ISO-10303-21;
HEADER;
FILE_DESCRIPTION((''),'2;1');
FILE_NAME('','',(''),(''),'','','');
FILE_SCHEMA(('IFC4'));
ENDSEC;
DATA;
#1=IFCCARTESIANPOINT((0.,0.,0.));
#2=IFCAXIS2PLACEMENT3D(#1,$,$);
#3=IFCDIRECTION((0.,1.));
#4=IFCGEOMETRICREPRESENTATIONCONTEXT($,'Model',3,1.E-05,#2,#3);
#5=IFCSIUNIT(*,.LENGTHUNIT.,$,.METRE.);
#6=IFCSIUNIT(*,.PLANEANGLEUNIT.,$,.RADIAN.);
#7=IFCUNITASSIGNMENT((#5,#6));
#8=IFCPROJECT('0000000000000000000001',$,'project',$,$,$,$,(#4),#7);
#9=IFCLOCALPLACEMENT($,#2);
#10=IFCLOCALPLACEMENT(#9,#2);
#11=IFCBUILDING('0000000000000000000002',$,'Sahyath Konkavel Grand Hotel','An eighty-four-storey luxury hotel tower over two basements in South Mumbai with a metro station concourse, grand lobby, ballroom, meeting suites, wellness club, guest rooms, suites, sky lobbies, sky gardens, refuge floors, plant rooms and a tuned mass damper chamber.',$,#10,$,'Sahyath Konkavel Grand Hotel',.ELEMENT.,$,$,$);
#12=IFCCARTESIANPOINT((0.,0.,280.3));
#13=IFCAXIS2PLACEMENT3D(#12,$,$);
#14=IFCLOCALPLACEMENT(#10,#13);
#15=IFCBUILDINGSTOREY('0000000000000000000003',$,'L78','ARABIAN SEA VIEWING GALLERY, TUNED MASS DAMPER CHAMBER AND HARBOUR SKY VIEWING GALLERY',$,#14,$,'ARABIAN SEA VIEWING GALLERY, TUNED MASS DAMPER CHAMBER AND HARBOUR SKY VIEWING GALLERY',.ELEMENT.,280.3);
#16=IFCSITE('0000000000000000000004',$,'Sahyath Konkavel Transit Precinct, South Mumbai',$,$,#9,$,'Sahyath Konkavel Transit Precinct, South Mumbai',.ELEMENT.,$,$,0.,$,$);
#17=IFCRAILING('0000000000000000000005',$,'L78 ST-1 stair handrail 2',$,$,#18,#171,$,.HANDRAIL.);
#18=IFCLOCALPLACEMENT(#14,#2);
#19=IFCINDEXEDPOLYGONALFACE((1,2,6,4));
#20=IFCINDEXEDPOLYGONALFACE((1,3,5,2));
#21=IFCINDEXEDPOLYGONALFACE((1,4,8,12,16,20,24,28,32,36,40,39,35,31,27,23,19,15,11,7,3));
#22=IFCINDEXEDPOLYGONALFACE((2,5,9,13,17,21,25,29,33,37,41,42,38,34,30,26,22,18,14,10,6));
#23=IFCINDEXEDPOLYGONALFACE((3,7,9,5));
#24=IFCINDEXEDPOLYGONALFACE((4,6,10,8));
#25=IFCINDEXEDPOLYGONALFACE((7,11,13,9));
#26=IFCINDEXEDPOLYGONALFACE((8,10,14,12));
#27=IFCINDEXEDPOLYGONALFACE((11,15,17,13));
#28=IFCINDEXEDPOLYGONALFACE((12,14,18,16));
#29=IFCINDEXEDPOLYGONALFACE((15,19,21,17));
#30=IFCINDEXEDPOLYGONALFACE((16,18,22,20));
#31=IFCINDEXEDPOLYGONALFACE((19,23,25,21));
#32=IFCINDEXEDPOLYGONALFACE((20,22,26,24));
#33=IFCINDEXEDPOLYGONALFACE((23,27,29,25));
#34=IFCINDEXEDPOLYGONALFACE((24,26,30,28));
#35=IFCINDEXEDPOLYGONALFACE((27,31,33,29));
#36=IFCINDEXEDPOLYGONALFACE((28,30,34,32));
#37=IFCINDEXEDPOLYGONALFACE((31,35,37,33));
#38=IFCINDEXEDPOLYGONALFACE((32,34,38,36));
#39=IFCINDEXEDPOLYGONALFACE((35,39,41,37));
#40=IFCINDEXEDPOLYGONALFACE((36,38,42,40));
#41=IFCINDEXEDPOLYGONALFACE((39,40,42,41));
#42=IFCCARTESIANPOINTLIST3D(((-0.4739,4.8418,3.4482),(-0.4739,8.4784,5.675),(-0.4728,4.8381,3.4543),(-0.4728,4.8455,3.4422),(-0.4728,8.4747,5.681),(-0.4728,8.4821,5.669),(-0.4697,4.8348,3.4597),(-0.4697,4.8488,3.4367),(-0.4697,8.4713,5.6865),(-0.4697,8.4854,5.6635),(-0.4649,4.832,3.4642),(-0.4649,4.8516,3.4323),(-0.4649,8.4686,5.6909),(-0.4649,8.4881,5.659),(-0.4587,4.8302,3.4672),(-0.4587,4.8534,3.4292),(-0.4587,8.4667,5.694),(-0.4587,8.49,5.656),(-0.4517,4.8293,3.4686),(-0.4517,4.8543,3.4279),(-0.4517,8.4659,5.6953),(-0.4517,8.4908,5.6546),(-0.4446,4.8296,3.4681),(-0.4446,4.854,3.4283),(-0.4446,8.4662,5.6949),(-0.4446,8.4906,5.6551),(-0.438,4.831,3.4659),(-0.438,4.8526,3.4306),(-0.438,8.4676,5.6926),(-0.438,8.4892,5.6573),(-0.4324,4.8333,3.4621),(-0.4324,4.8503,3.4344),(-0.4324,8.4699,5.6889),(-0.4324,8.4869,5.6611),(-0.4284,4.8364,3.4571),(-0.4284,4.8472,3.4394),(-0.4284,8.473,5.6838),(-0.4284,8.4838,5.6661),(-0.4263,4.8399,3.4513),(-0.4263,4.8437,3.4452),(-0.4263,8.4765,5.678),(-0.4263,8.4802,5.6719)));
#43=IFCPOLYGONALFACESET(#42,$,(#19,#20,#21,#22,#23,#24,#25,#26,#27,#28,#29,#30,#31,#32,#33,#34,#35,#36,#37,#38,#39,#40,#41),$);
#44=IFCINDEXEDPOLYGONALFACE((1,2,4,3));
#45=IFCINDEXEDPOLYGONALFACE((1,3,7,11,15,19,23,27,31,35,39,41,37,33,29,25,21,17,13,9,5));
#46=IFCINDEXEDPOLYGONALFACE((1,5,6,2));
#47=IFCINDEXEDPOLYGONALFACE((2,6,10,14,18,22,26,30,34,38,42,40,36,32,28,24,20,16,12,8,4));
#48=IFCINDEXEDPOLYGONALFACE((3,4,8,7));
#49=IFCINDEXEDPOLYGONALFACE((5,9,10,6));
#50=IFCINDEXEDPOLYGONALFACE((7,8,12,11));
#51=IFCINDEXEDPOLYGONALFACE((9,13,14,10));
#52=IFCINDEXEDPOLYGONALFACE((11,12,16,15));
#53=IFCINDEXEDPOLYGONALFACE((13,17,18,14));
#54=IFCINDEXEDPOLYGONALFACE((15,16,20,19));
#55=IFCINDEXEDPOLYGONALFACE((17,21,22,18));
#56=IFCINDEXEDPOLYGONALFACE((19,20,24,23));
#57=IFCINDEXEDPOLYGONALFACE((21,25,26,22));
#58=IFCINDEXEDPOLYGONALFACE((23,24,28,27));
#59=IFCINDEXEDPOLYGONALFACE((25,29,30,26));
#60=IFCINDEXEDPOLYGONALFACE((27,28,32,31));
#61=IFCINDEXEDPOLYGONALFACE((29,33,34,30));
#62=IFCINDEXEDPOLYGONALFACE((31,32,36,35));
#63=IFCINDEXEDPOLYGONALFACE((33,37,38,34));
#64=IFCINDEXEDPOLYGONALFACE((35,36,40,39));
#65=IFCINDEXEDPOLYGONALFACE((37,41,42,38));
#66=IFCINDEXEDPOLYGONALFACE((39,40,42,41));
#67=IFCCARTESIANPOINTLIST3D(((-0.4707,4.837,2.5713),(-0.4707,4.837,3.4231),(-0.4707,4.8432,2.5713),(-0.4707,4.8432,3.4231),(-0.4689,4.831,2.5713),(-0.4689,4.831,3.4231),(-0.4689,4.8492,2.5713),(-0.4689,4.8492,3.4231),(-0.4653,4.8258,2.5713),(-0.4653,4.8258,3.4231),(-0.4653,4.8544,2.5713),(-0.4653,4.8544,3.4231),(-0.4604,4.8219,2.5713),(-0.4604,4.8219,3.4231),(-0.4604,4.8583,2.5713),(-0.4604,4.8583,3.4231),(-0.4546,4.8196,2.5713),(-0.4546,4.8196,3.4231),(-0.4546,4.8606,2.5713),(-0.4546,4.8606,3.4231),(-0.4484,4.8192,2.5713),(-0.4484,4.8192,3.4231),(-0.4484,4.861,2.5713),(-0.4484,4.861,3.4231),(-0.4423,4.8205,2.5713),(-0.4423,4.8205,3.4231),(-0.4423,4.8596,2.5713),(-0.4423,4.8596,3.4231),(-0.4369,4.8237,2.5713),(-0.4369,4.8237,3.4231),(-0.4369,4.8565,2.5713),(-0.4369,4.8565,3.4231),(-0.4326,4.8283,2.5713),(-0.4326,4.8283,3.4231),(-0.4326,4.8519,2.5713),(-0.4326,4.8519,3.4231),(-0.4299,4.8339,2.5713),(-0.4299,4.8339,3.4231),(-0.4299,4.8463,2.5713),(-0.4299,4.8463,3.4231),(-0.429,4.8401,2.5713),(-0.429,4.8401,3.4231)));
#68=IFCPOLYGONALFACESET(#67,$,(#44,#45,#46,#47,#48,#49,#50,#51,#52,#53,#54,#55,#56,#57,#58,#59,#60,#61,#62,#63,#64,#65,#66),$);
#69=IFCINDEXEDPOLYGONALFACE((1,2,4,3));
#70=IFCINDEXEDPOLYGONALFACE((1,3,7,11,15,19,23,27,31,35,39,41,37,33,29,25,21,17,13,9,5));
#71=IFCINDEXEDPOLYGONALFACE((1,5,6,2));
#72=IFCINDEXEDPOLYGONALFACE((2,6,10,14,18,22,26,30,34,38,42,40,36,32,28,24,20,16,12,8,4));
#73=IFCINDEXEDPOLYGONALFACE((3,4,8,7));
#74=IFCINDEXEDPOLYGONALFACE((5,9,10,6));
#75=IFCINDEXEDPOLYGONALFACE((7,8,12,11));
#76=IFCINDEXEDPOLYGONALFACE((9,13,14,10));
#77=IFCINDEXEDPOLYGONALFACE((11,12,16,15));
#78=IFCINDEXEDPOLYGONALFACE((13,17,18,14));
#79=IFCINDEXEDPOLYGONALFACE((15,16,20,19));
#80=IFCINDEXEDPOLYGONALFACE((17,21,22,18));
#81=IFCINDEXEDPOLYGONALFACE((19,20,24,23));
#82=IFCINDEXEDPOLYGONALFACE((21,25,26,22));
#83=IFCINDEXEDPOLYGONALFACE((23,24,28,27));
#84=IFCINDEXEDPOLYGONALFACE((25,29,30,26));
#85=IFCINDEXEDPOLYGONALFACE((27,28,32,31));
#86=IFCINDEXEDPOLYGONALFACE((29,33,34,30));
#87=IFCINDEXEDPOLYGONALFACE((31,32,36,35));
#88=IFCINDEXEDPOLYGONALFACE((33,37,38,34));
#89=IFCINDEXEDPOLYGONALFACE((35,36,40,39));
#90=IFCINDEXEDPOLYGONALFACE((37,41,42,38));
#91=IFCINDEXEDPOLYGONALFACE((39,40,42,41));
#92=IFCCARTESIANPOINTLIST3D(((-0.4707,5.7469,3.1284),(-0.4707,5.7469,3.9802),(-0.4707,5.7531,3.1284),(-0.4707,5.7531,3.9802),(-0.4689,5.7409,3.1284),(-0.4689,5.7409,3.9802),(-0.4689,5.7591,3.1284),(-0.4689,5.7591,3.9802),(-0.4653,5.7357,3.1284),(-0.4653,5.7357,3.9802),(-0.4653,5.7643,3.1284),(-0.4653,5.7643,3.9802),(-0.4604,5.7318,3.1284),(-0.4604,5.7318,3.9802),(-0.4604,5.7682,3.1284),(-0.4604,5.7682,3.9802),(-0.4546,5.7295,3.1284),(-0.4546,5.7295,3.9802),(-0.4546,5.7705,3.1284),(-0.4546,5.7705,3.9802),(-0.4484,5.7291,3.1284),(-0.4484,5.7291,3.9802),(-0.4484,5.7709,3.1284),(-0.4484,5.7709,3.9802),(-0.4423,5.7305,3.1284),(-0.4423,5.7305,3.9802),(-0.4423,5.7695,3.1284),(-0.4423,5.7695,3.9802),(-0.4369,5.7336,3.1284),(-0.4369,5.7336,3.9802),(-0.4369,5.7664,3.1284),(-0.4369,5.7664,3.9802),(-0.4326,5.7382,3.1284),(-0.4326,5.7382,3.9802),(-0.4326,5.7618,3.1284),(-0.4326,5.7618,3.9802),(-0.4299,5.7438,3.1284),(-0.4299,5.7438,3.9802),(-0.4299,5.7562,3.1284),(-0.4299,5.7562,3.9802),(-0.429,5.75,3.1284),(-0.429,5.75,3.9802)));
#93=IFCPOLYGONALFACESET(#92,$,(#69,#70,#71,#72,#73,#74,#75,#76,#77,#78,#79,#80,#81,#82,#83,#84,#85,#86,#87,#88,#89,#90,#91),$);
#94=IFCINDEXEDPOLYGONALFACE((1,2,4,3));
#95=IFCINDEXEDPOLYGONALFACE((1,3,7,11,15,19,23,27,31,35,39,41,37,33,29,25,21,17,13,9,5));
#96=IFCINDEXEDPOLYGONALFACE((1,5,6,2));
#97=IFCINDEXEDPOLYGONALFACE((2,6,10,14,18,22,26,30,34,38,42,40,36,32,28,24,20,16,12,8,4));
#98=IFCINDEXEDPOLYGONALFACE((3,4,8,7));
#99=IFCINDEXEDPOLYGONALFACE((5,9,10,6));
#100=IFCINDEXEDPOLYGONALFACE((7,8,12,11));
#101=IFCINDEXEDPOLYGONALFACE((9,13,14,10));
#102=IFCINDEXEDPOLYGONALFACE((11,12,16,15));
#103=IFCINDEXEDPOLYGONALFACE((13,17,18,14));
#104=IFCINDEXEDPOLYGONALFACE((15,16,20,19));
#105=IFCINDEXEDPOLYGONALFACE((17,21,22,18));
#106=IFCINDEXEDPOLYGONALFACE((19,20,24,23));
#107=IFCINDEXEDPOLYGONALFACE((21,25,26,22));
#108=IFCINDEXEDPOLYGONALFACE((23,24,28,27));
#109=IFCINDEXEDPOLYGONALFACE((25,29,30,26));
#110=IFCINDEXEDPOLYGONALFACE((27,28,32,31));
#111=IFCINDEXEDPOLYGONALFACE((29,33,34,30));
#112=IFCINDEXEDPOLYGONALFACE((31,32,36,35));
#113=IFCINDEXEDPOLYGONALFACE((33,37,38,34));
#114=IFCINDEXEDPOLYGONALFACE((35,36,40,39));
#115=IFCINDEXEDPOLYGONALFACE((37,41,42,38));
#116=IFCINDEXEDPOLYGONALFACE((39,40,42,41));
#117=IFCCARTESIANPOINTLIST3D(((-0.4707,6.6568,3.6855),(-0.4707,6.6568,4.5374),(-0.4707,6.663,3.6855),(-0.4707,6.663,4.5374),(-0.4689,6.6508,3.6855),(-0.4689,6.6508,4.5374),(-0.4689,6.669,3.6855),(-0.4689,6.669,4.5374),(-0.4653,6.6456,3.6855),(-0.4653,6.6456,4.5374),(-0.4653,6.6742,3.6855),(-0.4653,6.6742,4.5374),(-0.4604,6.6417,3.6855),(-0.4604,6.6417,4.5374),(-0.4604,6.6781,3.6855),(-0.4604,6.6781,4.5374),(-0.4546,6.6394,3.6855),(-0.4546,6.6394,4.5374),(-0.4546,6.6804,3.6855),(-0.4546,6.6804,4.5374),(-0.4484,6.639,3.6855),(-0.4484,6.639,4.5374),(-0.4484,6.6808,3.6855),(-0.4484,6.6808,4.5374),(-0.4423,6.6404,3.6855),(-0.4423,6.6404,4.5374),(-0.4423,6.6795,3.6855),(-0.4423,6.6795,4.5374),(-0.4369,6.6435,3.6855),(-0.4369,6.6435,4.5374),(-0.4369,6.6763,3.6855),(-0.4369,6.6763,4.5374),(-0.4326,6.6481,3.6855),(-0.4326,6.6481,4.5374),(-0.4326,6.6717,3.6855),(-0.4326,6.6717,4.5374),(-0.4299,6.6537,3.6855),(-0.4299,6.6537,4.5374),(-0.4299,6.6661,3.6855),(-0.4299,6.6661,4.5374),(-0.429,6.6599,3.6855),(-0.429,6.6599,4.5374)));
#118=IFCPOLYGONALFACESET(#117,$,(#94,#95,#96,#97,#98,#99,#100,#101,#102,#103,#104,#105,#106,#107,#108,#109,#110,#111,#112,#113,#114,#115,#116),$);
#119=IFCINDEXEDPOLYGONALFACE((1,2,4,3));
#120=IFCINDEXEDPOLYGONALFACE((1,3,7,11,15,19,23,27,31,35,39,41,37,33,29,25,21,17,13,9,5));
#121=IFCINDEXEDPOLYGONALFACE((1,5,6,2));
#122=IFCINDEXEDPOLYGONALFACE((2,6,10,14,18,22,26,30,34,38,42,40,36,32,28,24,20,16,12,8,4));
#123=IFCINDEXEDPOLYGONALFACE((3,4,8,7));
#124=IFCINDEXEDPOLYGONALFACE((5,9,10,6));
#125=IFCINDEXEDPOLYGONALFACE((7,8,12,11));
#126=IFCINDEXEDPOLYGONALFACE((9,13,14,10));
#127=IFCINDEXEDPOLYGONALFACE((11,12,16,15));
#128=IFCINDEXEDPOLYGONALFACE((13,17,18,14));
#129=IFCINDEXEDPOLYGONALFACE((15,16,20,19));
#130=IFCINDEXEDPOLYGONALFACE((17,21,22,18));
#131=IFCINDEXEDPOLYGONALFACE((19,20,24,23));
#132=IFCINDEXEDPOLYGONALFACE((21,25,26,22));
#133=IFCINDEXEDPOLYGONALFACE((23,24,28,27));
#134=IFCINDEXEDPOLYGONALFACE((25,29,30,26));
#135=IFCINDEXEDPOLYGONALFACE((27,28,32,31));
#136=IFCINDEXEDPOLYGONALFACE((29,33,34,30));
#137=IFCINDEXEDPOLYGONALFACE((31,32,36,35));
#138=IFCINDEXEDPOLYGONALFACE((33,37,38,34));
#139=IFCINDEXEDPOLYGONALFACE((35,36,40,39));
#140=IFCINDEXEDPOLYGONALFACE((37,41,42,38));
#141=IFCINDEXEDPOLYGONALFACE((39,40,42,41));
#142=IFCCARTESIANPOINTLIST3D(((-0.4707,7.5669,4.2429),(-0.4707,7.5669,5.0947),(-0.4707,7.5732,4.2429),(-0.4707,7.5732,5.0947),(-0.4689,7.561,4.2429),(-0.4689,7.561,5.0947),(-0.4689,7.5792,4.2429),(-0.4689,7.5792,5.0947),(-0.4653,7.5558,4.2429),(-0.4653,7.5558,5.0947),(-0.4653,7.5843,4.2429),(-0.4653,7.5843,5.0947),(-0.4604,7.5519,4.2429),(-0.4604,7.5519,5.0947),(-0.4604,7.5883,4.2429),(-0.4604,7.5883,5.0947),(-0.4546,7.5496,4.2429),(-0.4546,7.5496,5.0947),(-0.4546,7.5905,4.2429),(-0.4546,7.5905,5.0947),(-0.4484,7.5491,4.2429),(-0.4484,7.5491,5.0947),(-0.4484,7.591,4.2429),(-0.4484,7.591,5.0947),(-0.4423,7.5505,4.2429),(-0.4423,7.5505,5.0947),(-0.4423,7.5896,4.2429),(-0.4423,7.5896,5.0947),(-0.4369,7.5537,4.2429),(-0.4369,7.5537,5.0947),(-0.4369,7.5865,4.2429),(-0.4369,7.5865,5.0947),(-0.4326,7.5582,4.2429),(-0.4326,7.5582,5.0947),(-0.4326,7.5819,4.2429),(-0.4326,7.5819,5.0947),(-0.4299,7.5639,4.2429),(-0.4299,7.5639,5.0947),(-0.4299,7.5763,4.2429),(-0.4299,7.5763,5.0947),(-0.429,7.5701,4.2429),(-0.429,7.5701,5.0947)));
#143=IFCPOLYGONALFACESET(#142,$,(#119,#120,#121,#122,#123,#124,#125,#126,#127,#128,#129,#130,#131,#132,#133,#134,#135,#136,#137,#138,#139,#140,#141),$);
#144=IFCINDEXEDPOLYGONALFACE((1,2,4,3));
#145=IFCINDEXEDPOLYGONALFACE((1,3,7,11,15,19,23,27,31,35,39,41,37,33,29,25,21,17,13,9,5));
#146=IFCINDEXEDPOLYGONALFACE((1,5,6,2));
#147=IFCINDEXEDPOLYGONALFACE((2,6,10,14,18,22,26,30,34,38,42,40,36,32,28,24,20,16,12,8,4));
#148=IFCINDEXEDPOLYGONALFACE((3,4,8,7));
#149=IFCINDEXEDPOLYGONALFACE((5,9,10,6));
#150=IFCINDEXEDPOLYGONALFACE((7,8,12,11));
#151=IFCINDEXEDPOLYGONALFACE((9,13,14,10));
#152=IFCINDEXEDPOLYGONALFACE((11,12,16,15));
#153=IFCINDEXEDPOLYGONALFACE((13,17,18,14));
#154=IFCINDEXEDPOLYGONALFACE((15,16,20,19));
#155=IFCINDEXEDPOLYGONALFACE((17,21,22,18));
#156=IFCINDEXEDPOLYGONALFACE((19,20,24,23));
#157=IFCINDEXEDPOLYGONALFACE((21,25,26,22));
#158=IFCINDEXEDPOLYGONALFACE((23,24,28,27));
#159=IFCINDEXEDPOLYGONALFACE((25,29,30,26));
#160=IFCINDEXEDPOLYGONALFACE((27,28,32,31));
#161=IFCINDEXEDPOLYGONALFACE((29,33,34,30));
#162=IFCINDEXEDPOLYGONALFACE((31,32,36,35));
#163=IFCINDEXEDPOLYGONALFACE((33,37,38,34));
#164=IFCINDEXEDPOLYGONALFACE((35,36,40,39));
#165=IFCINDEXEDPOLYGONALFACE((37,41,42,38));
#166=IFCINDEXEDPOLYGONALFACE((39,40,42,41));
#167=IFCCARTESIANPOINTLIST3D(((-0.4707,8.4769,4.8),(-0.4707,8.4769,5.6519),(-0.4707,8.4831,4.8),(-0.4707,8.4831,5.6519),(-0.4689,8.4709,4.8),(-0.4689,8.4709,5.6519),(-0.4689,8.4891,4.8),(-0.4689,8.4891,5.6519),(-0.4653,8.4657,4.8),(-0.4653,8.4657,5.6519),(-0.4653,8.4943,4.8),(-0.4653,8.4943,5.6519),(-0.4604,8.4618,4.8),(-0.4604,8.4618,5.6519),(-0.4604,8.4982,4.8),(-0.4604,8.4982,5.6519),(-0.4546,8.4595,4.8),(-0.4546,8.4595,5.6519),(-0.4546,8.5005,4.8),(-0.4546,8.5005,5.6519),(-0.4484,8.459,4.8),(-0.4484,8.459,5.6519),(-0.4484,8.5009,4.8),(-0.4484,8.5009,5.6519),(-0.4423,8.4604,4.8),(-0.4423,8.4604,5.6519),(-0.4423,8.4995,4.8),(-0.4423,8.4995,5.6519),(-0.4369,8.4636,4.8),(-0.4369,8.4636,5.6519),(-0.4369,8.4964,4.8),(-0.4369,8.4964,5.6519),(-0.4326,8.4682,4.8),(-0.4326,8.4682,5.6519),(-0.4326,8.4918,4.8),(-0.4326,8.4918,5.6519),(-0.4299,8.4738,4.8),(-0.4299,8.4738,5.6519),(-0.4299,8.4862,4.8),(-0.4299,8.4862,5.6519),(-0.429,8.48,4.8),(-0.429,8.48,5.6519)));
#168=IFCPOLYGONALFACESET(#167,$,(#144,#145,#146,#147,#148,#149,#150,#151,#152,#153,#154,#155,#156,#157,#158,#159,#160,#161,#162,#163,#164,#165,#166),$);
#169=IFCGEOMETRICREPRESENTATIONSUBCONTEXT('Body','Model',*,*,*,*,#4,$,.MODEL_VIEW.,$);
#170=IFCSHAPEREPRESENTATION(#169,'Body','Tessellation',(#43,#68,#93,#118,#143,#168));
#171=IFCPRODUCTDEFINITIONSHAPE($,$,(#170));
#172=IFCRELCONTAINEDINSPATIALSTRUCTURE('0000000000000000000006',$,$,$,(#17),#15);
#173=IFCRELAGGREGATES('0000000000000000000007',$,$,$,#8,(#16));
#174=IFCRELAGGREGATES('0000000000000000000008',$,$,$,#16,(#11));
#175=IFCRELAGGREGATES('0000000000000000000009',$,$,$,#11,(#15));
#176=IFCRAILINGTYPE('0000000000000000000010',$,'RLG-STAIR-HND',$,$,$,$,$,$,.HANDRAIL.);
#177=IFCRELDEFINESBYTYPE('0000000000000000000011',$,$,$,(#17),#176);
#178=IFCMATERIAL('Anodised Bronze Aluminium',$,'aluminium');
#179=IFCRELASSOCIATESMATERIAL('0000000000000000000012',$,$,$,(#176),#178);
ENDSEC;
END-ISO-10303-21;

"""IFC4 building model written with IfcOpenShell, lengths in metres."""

from ifc_helpers import new_model, si_unit, direction, frame, origin, origin_2d, place, context, subcontext, project, spatial, circle, extrude, material, type_object, element, save


model = new_model("IFC4")

# Units and contexts
model_context = context("Model", 3, precision=1e-05, world=origin(), true_north=direction((0.0, 1.0)))
body_context = subcontext(model_context, "Body", "Model", "MODEL_VIEW")
ifc_project = project(units=[si_unit("LENGTHUNIT", "METRE"), si_unit("PLANEANGLEUNIT", "RADIAN")], contexts=[model_context])

# Site, building, storey
site_placement = place(None, origin())
site = spatial("IfcSite", under=ifc_project, at=site_placement, Name="Sahyath Konkavel Transit Precinct, South Mumbai", LongName="Sahyath Konkavel Transit Precinct, South Mumbai", CompositionType="ELEMENT", RefElevation=0.0)
building_placement = place(site_placement, origin())
building = spatial("IfcBuilding", under=site, at=building_placement, Name="Sahyath Konkavel Grand Hotel", Description="An eighty-four-storey luxury hotel tower over two basements in South Mumbai with a metro station concourse, grand lobby, ballroom, meeting suites, wellness club, guest rooms, suites, sky lobbies, sky gardens, refuge floors, plant rooms and a tuned mass damper chamber.", LongName="Sahyath Konkavel Grand Hotel", CompositionType="ELEMENT")
storey_placement = place(building_placement, frame((0.0, 0.0, 280.3)))
storey = spatial("IfcBuildingStorey", under=building, at=storey_placement, Name="L78", Description="ARABIAN SEA VIEWING GALLERY, TUNED MASS DAMPER CHAMBER AND HARBOUR SKY VIEWING GALLERY", LongName="ARABIAN SEA VIEWING GALLERY, TUNED MASS DAMPER CHAMBER AND HARBOUR SKY VIEWING GALLERY", CompositionType="ELEMENT", Elevation=280.3)

# Shared definitions
ifc_material_1 = material(Name="Anodised Bronze Aluminium", Category="aluminium")

# Railing
railing_type_1 = type_object("IfcRailingType", Name="RLG-STAIR-HND", PredefinedType="HANDRAIL", material=ifc_material_1)
railing_1_placement = place(storey_placement, frame((-0.45, 4.8401, 2.5713)))
element("IfcRailing", 1, at=railing_1_placement, inside=storey, type_object=railing_type_1, Name="L78 ST-1 stair handrail 2", PredefinedType="HANDRAIL", context=body_context, shape_type="SweptSolid", body=[
    extrude(circle(Radius=0.0239, at=origin_2d()), frame((0.0, 0.0017, 0.877), z_axis=(0.0, 0.852825, 0.522197), x_axis=(-1.0, 0.0, 0.0)), (0.0, 0.0, 1.0), 4.2642),
    extrude(circle(Radius=0.021, at=origin_2d()), origin(), (0.0, 0.0, 1.0), 0.8518),
    extrude(circle(Radius=0.021, at=origin_2d()), frame((0.0, 0.9099, 0.5571)), (0.0, 0.0, 1.0), 0.8518),
    extrude(circle(Radius=0.021, at=origin_2d()), frame((0.0, 1.8198, 1.1143)), (0.0, 0.0, 1.0), 0.8518),
    extrude(circle(Radius=0.021, at=origin_2d()), frame((0.0, 2.73, 1.6716)), (0.0, 0.0, 1.0), 0.8518),
    extrude(circle(Radius=0.021, at=origin_2d()), frame((0.0, 3.6399, 2.2288)), (0.0, 0.0, 1.0), 0.8518),
])

save(model, "model.ifc")
